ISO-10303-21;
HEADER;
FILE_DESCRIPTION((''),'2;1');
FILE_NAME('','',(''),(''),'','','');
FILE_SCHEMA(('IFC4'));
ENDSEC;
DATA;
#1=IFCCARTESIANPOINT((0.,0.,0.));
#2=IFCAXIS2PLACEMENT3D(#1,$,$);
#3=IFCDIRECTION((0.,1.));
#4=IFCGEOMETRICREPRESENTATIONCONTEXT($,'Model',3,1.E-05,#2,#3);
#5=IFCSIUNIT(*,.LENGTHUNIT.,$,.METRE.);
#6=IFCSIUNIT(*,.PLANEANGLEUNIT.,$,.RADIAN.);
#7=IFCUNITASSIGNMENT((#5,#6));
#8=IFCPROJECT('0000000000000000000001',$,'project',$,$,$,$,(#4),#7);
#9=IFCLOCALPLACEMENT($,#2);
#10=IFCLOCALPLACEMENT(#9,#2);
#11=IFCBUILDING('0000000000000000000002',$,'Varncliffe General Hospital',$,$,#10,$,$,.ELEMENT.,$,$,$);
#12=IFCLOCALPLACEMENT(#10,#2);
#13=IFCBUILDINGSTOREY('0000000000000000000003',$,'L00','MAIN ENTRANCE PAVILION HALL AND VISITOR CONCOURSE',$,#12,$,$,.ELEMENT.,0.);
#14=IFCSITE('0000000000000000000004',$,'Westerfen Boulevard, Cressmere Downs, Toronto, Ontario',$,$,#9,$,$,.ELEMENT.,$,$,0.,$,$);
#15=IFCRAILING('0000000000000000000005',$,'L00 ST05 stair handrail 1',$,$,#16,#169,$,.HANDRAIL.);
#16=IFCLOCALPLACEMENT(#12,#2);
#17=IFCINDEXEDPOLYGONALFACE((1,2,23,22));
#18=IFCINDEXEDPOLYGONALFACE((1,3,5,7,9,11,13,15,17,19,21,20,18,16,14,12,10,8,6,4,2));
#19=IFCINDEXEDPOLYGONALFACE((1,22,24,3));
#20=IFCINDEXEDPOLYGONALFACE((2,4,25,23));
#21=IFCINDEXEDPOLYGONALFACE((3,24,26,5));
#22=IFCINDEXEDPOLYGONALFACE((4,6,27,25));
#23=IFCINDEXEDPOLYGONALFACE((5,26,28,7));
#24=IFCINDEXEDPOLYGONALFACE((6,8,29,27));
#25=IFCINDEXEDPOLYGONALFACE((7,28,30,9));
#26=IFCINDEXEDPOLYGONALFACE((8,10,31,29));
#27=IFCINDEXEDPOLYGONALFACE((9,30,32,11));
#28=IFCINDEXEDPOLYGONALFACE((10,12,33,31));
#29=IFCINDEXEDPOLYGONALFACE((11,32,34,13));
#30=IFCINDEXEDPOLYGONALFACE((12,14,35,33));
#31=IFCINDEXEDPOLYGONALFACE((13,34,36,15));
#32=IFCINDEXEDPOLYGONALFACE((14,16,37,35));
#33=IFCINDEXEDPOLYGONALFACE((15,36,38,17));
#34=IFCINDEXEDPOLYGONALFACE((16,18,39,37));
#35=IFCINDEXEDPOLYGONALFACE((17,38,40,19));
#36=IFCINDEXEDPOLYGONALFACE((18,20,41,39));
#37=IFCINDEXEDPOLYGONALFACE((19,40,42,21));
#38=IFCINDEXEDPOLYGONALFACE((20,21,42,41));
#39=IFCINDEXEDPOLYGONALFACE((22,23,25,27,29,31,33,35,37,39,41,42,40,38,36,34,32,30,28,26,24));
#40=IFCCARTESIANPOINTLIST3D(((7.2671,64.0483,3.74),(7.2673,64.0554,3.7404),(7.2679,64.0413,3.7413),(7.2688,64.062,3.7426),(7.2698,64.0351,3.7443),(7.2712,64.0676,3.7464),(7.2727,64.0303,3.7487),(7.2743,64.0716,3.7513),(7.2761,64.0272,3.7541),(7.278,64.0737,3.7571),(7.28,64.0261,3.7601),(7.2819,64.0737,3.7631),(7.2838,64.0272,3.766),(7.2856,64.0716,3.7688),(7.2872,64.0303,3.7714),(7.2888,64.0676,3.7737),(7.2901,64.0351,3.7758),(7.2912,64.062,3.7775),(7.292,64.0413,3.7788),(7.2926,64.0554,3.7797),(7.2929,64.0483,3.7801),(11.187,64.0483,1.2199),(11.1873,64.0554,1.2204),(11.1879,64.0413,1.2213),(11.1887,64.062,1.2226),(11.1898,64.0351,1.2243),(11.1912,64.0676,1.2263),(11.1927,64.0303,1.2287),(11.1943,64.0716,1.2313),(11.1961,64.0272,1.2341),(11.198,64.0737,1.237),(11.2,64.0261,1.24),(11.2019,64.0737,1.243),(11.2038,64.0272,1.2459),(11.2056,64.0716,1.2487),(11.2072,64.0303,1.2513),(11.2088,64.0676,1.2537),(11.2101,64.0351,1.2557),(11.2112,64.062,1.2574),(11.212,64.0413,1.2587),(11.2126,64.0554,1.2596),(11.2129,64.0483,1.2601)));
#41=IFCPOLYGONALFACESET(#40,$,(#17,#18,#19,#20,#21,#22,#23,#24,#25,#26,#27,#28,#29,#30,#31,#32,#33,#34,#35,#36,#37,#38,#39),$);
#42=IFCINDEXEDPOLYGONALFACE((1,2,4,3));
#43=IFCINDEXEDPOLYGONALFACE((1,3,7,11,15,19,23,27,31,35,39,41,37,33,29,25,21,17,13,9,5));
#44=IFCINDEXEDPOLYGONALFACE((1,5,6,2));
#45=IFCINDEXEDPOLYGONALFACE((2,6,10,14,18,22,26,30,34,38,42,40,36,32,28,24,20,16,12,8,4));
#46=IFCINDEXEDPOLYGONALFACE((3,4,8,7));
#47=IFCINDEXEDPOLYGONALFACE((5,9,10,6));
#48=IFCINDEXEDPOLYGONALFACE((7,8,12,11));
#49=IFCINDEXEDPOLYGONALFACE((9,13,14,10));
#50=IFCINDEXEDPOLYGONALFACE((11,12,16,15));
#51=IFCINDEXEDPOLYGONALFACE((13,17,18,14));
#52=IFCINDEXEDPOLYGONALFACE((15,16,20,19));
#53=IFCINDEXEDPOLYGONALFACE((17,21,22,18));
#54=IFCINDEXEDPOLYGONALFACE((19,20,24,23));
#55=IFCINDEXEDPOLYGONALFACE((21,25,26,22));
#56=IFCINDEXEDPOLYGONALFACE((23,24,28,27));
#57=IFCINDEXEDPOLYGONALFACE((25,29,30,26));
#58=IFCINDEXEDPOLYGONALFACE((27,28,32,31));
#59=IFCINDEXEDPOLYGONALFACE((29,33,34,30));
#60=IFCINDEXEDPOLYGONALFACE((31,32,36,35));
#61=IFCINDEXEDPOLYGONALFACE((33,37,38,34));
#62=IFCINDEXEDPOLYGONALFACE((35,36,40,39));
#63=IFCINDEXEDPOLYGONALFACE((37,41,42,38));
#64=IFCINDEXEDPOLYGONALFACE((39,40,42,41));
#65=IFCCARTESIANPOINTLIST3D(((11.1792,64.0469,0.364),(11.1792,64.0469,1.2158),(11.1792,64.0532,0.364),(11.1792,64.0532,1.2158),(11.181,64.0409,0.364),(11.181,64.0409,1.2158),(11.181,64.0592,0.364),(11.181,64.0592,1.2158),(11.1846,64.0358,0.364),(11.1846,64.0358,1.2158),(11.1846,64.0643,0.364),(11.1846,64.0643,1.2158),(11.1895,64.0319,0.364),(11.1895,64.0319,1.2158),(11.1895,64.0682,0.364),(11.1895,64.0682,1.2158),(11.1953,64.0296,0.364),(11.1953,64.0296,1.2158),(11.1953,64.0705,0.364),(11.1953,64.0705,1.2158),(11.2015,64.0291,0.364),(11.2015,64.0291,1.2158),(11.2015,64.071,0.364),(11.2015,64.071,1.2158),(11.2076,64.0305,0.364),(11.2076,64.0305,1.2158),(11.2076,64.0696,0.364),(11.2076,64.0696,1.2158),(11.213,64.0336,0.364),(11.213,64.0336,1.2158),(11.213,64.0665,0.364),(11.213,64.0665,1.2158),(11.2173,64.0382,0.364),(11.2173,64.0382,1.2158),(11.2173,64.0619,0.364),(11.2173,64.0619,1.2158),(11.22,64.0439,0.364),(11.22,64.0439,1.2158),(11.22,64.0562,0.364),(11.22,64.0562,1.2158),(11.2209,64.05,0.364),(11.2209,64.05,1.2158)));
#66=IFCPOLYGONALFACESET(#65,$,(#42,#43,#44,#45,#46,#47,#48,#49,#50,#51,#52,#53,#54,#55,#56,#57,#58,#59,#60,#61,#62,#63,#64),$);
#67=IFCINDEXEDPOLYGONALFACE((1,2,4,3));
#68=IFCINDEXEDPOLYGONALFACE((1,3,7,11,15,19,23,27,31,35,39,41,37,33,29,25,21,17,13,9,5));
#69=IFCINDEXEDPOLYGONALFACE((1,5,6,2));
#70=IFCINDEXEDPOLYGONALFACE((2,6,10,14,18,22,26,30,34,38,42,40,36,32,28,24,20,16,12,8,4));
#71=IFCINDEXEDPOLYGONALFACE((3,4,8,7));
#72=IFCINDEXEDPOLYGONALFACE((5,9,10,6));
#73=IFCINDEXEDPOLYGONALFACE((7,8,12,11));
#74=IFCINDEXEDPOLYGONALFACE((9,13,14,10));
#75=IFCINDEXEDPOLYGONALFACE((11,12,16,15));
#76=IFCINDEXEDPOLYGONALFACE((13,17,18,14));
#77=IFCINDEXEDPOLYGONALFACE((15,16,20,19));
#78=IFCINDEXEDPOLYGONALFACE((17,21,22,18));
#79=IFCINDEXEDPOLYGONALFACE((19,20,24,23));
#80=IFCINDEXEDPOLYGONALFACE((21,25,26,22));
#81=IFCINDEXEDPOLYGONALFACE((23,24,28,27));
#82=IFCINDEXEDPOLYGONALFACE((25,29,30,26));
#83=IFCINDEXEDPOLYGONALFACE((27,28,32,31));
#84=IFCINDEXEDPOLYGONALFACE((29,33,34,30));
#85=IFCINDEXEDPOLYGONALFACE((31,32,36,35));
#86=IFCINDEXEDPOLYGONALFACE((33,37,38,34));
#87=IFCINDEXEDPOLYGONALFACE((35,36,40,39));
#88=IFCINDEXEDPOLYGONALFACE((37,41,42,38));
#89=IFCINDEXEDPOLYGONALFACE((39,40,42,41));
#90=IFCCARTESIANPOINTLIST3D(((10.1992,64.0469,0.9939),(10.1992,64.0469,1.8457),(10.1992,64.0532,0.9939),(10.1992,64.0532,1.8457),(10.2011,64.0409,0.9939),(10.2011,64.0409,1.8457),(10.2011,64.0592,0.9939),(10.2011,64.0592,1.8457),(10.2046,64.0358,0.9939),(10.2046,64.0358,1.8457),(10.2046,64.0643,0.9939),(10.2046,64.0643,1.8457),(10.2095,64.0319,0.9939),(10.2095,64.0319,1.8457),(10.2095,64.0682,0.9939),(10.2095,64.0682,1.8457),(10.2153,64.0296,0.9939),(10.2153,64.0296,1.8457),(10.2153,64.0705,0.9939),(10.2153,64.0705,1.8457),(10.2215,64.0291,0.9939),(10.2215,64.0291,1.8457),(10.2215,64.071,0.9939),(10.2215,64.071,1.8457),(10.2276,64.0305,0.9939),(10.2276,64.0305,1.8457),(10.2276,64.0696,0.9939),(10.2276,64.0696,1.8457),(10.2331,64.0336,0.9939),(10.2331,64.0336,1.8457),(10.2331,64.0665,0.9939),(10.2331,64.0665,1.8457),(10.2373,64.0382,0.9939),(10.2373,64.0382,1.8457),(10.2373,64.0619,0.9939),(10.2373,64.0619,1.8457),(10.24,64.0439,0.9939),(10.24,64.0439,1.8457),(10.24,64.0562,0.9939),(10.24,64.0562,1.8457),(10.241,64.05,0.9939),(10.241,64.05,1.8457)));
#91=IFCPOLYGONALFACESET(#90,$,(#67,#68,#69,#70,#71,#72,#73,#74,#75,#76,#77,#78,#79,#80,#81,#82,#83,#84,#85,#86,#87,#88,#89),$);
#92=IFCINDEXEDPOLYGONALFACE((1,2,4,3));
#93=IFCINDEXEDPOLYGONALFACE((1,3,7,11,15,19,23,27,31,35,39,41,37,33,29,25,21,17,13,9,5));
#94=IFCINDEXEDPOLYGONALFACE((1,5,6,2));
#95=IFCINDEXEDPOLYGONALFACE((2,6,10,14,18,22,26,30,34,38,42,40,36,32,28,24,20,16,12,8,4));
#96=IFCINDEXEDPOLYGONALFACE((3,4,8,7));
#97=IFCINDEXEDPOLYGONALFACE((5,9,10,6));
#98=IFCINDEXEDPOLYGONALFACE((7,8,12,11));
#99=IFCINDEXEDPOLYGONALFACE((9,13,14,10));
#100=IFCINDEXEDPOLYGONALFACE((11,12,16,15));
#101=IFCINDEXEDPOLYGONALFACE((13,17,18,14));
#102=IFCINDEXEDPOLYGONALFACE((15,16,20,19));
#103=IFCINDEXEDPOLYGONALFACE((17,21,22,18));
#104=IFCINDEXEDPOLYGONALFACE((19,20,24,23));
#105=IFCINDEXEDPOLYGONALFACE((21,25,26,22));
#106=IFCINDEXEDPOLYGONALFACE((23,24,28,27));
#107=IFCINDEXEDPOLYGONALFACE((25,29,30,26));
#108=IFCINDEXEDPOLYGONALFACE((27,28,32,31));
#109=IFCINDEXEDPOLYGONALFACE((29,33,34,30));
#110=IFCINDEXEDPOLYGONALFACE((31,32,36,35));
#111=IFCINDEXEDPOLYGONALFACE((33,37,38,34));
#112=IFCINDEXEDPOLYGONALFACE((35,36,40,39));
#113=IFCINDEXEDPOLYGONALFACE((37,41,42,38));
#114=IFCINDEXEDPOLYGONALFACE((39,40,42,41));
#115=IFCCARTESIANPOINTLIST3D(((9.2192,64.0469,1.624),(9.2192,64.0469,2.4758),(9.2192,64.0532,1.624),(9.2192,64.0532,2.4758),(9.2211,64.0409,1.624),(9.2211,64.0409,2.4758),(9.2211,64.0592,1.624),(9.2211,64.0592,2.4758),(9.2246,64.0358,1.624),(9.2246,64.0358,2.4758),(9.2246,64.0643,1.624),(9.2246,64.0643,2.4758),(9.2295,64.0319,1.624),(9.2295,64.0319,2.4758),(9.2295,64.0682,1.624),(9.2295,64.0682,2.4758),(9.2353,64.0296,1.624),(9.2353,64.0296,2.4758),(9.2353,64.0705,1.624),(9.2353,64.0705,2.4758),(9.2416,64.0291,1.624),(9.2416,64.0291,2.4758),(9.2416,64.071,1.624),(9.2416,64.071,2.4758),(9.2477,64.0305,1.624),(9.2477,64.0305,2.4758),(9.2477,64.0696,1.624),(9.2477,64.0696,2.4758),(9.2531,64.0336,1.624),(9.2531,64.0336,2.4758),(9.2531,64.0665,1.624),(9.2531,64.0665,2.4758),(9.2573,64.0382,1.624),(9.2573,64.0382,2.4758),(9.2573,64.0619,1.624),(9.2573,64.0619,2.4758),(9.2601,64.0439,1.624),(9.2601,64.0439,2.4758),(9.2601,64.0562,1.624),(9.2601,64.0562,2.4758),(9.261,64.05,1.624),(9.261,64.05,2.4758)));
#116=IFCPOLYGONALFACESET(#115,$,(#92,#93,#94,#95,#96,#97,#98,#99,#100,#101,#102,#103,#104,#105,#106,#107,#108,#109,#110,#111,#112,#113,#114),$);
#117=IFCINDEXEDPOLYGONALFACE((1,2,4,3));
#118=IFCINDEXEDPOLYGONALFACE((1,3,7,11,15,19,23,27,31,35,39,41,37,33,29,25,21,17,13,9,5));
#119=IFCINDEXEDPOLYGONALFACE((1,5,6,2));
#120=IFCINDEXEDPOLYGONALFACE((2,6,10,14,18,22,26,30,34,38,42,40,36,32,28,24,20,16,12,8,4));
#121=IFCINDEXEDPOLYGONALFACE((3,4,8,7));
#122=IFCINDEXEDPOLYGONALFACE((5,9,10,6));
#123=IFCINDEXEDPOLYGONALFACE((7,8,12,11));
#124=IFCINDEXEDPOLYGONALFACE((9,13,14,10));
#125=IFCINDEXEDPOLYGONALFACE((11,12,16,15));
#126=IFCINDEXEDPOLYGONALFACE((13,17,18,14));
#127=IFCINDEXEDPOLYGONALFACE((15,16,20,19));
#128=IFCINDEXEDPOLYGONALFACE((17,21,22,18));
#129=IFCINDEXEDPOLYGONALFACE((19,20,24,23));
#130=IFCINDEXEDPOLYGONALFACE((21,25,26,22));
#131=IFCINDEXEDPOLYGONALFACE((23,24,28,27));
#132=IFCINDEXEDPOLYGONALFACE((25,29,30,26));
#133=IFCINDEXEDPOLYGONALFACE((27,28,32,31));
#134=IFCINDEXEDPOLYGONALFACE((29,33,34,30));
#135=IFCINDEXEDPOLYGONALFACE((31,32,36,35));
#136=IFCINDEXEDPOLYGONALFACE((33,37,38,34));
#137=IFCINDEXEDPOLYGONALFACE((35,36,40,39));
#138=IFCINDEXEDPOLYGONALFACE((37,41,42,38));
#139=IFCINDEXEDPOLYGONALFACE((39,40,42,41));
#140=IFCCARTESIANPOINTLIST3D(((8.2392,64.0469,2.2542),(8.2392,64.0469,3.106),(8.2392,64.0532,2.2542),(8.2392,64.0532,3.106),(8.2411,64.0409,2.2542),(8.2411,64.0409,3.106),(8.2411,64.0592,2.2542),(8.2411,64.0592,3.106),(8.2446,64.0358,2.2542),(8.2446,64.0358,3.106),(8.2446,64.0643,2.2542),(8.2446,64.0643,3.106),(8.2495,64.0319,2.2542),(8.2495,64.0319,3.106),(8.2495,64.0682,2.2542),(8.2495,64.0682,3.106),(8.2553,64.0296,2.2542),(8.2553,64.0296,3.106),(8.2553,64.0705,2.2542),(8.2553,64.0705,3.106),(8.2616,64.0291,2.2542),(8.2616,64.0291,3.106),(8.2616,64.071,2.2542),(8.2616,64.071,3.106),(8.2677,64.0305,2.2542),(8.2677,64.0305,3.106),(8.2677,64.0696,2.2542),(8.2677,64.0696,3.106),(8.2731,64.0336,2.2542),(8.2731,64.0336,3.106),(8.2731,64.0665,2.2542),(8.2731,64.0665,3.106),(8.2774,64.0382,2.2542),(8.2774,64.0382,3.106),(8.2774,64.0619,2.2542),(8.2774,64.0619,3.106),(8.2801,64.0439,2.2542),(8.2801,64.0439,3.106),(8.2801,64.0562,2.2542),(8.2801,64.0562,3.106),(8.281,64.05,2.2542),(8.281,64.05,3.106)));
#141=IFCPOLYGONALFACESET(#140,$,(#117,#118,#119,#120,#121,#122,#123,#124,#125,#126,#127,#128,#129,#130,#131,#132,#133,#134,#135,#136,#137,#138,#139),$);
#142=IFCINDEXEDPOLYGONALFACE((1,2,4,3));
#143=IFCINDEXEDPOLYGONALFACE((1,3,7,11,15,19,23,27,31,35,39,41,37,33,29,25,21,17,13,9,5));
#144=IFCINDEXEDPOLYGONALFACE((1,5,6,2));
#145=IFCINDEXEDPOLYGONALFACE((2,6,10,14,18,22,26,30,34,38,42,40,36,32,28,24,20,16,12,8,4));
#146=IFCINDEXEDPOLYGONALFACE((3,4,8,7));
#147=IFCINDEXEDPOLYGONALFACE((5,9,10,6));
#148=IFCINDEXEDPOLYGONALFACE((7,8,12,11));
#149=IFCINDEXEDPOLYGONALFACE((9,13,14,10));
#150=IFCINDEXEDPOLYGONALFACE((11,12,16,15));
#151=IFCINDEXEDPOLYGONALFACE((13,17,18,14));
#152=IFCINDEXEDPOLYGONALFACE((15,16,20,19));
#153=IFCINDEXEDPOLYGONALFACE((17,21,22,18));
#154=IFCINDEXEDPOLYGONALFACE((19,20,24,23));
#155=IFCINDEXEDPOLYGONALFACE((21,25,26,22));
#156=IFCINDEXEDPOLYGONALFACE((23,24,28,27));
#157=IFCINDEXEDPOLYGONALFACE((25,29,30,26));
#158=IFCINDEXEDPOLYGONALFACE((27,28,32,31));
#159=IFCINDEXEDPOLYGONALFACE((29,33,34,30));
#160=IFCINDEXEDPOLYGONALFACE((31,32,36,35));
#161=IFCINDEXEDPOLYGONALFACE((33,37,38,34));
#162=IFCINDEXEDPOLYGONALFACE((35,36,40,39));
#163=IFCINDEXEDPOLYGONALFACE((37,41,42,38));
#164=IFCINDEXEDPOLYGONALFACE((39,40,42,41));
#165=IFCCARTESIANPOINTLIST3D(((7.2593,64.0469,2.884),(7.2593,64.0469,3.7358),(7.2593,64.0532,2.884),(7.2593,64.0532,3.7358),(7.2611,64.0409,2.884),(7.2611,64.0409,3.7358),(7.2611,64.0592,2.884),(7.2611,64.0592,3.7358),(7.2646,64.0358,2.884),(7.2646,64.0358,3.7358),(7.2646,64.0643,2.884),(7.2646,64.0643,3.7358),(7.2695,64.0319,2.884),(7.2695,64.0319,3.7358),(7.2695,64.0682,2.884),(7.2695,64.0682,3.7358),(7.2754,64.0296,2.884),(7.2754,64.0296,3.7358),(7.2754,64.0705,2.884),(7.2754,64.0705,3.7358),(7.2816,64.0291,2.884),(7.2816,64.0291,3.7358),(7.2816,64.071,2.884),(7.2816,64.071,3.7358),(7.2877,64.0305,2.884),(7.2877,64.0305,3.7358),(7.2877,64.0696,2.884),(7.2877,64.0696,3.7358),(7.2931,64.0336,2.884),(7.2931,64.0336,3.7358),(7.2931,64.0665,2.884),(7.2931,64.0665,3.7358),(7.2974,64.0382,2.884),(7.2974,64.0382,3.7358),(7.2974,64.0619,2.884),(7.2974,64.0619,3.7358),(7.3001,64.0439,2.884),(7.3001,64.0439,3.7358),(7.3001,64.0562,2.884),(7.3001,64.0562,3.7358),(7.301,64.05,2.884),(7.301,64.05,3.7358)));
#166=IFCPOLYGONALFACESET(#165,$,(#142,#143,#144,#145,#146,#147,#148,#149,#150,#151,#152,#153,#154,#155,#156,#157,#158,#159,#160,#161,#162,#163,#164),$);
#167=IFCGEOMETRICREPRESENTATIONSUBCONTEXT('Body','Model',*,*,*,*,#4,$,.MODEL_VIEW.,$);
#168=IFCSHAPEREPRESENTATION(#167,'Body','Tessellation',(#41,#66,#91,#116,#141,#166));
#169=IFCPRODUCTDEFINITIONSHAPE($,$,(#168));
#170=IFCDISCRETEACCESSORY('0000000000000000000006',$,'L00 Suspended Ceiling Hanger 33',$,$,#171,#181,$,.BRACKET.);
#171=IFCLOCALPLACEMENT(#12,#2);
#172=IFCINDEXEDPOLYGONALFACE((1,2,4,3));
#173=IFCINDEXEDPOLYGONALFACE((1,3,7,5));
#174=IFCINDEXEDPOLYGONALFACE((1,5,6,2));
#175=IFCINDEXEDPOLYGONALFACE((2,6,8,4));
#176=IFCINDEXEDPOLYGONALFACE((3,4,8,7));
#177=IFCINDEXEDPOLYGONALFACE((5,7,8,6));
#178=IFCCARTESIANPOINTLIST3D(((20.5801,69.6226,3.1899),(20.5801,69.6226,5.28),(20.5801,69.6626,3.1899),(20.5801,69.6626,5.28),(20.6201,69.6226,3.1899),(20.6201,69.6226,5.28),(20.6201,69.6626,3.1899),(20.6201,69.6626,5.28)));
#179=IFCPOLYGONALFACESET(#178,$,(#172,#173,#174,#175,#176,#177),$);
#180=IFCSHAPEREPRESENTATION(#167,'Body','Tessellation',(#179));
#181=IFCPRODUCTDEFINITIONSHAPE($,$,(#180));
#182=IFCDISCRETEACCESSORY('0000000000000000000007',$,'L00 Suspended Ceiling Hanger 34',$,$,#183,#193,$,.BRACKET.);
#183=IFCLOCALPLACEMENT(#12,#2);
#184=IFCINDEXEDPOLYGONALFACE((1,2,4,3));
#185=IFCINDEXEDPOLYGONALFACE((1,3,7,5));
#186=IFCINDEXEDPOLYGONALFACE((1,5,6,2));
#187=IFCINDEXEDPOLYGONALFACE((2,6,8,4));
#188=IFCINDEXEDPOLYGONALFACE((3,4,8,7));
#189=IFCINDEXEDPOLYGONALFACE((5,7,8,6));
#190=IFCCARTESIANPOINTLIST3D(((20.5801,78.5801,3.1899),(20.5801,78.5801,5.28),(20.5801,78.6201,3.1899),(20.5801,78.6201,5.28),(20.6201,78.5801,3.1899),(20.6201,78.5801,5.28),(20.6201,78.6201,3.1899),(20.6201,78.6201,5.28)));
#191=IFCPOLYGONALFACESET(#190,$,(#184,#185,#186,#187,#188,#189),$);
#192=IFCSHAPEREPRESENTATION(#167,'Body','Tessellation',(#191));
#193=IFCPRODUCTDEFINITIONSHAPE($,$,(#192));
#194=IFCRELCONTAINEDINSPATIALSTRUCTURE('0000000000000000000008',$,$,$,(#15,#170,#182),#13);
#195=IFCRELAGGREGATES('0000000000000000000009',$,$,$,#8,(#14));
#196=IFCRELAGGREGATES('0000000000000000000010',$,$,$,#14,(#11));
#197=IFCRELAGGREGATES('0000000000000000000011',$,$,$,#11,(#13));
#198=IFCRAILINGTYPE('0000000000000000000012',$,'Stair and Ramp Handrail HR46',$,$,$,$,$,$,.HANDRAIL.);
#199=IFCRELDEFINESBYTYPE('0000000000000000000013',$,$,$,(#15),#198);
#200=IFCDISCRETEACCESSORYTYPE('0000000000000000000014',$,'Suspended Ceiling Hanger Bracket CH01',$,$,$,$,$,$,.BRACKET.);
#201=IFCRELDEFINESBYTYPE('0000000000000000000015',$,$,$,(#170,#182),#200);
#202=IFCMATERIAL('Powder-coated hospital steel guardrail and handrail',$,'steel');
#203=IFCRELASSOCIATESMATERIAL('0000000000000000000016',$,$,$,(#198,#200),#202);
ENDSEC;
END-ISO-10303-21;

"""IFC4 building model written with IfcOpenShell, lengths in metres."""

from ifc_helpers import new_model, si_unit, direction, frame, origin, origin_2d, place, context, subcontext, project, spatial, rectangle, circle, extrude, material, type_object, element, save


model = new_model("IFC4")

# Units and contexts
model_context = context("Model", 3, precision=1e-05, world=origin(), true_north=direction((0.0, 1.0)))
body_context = subcontext(model_context, "Body", "Model", "MODEL_VIEW")
ifc_project = project(units=[si_unit("LENGTHUNIT", "METRE"), si_unit("PLANEANGLEUNIT", "RADIAN")], contexts=[model_context])

# Site, building, storey
site_placement = place(None, origin())
site = spatial("IfcSite", under=ifc_project, at=site_placement, Name="Westerfen Boulevard, Cressmere Downs, Toronto, Ontario", CompositionType="ELEMENT", RefElevation=0.0)
building_placement = place(site_placement, origin())
building = spatial("IfcBuilding", under=site, at=building_placement, Name="Varncliffe General Hospital", CompositionType="ELEMENT")
storey_placement = place(building_placement, origin())
storey = spatial("IfcBuildingStorey", under=building, at=storey_placement, Name="L00", Description="MAIN ENTRANCE PAVILION HALL AND VISITOR CONCOURSE", CompositionType="ELEMENT", Elevation=0.0)

# Railing
ifc_material_1 = material(Name="Powder-coated hospital steel guardrail and handrail", Category="steel")
railing_type = type_object("IfcRailingType", Name="Stair and Ramp Handrail HR46", PredefinedType="HANDRAIL", material=ifc_material_1)
railing_placement = place(storey_placement, frame((11.2, 64.05, 0.364)))
element("IfcRailing", 1, at=railing_placement, inside=storey, type_object=railing_type, Name="L00 ST05 stair handrail 1", PredefinedType="HANDRAIL", context=body_context, shape_type="SweptSolid", body=[
    extrude(circle(Radius=0.0239, at=origin_2d()), frame((0.0, 0.0, 0.876), z_axis=(-0.841172, 0.0, 0.540768), x_axis=(0.0, -1.0, 0.0)), (0.0, 0.0, 1.0), 4.6602),
    extrude(circle(Radius=0.021, at=origin_2d()), origin(), (0.0, 0.0, 1.0), 0.8518),
    extrude(circle(Radius=0.021, at=origin_2d()), frame((-0.98, 0.0, 0.6299)), (0.0, 0.0, 1.0), 0.8518),
    extrude(circle(Radius=0.021, at=origin_2d()), frame((-1.96, 0.0, 1.26)), (0.0, 0.0, 1.0), 0.8518),
    extrude(circle(Radius=0.021, at=origin_2d()), frame((-2.9399, 0.0, 1.8901)), (0.0, 0.0, 1.0), 0.8518),
    extrude(circle(Radius=0.021, at=origin_2d()), frame((-3.9199, 0.0, 2.52)), (0.0, 0.0, 1.0), 0.8518),
])

# Discrete accessories
discrete_accessory_type = type_object("IfcDiscreteAccessoryType", Name="Suspended Ceiling Hanger Bracket CH01", PredefinedType="BRACKET", material=ifc_material_1)
for number, where, z_axis, x_axis, name in (
    (2, (20.6001, 69.6426, 3.1899), (0.0, 0.0, 1.0), (1.0, 0.0, 0.0), "L00 Suspended Ceiling Hanger 33"),
    (3, (20.6001, 78.6001, 3.1899), (0.0, 0.0, 1.0), (1.0, 0.0, 0.0), "L00 Suspended Ceiling Hanger 34"),
):
    element("IfcDiscreteAccessory", number, at=place(storey_placement, frame(where, z_axis=z_axis, x_axis=x_axis)), inside=storey, type_object=discrete_accessory_type, Name=name, PredefinedType="BRACKET", context=body_context, shape_type="SweptSolid", body=[
        extrude(rectangle(XDim=0.04, YDim=0.04, at=origin_2d()), origin(), (0.0, 0.0, 1.0), 2.0901),
    ])

save(model, "model.ifc")
